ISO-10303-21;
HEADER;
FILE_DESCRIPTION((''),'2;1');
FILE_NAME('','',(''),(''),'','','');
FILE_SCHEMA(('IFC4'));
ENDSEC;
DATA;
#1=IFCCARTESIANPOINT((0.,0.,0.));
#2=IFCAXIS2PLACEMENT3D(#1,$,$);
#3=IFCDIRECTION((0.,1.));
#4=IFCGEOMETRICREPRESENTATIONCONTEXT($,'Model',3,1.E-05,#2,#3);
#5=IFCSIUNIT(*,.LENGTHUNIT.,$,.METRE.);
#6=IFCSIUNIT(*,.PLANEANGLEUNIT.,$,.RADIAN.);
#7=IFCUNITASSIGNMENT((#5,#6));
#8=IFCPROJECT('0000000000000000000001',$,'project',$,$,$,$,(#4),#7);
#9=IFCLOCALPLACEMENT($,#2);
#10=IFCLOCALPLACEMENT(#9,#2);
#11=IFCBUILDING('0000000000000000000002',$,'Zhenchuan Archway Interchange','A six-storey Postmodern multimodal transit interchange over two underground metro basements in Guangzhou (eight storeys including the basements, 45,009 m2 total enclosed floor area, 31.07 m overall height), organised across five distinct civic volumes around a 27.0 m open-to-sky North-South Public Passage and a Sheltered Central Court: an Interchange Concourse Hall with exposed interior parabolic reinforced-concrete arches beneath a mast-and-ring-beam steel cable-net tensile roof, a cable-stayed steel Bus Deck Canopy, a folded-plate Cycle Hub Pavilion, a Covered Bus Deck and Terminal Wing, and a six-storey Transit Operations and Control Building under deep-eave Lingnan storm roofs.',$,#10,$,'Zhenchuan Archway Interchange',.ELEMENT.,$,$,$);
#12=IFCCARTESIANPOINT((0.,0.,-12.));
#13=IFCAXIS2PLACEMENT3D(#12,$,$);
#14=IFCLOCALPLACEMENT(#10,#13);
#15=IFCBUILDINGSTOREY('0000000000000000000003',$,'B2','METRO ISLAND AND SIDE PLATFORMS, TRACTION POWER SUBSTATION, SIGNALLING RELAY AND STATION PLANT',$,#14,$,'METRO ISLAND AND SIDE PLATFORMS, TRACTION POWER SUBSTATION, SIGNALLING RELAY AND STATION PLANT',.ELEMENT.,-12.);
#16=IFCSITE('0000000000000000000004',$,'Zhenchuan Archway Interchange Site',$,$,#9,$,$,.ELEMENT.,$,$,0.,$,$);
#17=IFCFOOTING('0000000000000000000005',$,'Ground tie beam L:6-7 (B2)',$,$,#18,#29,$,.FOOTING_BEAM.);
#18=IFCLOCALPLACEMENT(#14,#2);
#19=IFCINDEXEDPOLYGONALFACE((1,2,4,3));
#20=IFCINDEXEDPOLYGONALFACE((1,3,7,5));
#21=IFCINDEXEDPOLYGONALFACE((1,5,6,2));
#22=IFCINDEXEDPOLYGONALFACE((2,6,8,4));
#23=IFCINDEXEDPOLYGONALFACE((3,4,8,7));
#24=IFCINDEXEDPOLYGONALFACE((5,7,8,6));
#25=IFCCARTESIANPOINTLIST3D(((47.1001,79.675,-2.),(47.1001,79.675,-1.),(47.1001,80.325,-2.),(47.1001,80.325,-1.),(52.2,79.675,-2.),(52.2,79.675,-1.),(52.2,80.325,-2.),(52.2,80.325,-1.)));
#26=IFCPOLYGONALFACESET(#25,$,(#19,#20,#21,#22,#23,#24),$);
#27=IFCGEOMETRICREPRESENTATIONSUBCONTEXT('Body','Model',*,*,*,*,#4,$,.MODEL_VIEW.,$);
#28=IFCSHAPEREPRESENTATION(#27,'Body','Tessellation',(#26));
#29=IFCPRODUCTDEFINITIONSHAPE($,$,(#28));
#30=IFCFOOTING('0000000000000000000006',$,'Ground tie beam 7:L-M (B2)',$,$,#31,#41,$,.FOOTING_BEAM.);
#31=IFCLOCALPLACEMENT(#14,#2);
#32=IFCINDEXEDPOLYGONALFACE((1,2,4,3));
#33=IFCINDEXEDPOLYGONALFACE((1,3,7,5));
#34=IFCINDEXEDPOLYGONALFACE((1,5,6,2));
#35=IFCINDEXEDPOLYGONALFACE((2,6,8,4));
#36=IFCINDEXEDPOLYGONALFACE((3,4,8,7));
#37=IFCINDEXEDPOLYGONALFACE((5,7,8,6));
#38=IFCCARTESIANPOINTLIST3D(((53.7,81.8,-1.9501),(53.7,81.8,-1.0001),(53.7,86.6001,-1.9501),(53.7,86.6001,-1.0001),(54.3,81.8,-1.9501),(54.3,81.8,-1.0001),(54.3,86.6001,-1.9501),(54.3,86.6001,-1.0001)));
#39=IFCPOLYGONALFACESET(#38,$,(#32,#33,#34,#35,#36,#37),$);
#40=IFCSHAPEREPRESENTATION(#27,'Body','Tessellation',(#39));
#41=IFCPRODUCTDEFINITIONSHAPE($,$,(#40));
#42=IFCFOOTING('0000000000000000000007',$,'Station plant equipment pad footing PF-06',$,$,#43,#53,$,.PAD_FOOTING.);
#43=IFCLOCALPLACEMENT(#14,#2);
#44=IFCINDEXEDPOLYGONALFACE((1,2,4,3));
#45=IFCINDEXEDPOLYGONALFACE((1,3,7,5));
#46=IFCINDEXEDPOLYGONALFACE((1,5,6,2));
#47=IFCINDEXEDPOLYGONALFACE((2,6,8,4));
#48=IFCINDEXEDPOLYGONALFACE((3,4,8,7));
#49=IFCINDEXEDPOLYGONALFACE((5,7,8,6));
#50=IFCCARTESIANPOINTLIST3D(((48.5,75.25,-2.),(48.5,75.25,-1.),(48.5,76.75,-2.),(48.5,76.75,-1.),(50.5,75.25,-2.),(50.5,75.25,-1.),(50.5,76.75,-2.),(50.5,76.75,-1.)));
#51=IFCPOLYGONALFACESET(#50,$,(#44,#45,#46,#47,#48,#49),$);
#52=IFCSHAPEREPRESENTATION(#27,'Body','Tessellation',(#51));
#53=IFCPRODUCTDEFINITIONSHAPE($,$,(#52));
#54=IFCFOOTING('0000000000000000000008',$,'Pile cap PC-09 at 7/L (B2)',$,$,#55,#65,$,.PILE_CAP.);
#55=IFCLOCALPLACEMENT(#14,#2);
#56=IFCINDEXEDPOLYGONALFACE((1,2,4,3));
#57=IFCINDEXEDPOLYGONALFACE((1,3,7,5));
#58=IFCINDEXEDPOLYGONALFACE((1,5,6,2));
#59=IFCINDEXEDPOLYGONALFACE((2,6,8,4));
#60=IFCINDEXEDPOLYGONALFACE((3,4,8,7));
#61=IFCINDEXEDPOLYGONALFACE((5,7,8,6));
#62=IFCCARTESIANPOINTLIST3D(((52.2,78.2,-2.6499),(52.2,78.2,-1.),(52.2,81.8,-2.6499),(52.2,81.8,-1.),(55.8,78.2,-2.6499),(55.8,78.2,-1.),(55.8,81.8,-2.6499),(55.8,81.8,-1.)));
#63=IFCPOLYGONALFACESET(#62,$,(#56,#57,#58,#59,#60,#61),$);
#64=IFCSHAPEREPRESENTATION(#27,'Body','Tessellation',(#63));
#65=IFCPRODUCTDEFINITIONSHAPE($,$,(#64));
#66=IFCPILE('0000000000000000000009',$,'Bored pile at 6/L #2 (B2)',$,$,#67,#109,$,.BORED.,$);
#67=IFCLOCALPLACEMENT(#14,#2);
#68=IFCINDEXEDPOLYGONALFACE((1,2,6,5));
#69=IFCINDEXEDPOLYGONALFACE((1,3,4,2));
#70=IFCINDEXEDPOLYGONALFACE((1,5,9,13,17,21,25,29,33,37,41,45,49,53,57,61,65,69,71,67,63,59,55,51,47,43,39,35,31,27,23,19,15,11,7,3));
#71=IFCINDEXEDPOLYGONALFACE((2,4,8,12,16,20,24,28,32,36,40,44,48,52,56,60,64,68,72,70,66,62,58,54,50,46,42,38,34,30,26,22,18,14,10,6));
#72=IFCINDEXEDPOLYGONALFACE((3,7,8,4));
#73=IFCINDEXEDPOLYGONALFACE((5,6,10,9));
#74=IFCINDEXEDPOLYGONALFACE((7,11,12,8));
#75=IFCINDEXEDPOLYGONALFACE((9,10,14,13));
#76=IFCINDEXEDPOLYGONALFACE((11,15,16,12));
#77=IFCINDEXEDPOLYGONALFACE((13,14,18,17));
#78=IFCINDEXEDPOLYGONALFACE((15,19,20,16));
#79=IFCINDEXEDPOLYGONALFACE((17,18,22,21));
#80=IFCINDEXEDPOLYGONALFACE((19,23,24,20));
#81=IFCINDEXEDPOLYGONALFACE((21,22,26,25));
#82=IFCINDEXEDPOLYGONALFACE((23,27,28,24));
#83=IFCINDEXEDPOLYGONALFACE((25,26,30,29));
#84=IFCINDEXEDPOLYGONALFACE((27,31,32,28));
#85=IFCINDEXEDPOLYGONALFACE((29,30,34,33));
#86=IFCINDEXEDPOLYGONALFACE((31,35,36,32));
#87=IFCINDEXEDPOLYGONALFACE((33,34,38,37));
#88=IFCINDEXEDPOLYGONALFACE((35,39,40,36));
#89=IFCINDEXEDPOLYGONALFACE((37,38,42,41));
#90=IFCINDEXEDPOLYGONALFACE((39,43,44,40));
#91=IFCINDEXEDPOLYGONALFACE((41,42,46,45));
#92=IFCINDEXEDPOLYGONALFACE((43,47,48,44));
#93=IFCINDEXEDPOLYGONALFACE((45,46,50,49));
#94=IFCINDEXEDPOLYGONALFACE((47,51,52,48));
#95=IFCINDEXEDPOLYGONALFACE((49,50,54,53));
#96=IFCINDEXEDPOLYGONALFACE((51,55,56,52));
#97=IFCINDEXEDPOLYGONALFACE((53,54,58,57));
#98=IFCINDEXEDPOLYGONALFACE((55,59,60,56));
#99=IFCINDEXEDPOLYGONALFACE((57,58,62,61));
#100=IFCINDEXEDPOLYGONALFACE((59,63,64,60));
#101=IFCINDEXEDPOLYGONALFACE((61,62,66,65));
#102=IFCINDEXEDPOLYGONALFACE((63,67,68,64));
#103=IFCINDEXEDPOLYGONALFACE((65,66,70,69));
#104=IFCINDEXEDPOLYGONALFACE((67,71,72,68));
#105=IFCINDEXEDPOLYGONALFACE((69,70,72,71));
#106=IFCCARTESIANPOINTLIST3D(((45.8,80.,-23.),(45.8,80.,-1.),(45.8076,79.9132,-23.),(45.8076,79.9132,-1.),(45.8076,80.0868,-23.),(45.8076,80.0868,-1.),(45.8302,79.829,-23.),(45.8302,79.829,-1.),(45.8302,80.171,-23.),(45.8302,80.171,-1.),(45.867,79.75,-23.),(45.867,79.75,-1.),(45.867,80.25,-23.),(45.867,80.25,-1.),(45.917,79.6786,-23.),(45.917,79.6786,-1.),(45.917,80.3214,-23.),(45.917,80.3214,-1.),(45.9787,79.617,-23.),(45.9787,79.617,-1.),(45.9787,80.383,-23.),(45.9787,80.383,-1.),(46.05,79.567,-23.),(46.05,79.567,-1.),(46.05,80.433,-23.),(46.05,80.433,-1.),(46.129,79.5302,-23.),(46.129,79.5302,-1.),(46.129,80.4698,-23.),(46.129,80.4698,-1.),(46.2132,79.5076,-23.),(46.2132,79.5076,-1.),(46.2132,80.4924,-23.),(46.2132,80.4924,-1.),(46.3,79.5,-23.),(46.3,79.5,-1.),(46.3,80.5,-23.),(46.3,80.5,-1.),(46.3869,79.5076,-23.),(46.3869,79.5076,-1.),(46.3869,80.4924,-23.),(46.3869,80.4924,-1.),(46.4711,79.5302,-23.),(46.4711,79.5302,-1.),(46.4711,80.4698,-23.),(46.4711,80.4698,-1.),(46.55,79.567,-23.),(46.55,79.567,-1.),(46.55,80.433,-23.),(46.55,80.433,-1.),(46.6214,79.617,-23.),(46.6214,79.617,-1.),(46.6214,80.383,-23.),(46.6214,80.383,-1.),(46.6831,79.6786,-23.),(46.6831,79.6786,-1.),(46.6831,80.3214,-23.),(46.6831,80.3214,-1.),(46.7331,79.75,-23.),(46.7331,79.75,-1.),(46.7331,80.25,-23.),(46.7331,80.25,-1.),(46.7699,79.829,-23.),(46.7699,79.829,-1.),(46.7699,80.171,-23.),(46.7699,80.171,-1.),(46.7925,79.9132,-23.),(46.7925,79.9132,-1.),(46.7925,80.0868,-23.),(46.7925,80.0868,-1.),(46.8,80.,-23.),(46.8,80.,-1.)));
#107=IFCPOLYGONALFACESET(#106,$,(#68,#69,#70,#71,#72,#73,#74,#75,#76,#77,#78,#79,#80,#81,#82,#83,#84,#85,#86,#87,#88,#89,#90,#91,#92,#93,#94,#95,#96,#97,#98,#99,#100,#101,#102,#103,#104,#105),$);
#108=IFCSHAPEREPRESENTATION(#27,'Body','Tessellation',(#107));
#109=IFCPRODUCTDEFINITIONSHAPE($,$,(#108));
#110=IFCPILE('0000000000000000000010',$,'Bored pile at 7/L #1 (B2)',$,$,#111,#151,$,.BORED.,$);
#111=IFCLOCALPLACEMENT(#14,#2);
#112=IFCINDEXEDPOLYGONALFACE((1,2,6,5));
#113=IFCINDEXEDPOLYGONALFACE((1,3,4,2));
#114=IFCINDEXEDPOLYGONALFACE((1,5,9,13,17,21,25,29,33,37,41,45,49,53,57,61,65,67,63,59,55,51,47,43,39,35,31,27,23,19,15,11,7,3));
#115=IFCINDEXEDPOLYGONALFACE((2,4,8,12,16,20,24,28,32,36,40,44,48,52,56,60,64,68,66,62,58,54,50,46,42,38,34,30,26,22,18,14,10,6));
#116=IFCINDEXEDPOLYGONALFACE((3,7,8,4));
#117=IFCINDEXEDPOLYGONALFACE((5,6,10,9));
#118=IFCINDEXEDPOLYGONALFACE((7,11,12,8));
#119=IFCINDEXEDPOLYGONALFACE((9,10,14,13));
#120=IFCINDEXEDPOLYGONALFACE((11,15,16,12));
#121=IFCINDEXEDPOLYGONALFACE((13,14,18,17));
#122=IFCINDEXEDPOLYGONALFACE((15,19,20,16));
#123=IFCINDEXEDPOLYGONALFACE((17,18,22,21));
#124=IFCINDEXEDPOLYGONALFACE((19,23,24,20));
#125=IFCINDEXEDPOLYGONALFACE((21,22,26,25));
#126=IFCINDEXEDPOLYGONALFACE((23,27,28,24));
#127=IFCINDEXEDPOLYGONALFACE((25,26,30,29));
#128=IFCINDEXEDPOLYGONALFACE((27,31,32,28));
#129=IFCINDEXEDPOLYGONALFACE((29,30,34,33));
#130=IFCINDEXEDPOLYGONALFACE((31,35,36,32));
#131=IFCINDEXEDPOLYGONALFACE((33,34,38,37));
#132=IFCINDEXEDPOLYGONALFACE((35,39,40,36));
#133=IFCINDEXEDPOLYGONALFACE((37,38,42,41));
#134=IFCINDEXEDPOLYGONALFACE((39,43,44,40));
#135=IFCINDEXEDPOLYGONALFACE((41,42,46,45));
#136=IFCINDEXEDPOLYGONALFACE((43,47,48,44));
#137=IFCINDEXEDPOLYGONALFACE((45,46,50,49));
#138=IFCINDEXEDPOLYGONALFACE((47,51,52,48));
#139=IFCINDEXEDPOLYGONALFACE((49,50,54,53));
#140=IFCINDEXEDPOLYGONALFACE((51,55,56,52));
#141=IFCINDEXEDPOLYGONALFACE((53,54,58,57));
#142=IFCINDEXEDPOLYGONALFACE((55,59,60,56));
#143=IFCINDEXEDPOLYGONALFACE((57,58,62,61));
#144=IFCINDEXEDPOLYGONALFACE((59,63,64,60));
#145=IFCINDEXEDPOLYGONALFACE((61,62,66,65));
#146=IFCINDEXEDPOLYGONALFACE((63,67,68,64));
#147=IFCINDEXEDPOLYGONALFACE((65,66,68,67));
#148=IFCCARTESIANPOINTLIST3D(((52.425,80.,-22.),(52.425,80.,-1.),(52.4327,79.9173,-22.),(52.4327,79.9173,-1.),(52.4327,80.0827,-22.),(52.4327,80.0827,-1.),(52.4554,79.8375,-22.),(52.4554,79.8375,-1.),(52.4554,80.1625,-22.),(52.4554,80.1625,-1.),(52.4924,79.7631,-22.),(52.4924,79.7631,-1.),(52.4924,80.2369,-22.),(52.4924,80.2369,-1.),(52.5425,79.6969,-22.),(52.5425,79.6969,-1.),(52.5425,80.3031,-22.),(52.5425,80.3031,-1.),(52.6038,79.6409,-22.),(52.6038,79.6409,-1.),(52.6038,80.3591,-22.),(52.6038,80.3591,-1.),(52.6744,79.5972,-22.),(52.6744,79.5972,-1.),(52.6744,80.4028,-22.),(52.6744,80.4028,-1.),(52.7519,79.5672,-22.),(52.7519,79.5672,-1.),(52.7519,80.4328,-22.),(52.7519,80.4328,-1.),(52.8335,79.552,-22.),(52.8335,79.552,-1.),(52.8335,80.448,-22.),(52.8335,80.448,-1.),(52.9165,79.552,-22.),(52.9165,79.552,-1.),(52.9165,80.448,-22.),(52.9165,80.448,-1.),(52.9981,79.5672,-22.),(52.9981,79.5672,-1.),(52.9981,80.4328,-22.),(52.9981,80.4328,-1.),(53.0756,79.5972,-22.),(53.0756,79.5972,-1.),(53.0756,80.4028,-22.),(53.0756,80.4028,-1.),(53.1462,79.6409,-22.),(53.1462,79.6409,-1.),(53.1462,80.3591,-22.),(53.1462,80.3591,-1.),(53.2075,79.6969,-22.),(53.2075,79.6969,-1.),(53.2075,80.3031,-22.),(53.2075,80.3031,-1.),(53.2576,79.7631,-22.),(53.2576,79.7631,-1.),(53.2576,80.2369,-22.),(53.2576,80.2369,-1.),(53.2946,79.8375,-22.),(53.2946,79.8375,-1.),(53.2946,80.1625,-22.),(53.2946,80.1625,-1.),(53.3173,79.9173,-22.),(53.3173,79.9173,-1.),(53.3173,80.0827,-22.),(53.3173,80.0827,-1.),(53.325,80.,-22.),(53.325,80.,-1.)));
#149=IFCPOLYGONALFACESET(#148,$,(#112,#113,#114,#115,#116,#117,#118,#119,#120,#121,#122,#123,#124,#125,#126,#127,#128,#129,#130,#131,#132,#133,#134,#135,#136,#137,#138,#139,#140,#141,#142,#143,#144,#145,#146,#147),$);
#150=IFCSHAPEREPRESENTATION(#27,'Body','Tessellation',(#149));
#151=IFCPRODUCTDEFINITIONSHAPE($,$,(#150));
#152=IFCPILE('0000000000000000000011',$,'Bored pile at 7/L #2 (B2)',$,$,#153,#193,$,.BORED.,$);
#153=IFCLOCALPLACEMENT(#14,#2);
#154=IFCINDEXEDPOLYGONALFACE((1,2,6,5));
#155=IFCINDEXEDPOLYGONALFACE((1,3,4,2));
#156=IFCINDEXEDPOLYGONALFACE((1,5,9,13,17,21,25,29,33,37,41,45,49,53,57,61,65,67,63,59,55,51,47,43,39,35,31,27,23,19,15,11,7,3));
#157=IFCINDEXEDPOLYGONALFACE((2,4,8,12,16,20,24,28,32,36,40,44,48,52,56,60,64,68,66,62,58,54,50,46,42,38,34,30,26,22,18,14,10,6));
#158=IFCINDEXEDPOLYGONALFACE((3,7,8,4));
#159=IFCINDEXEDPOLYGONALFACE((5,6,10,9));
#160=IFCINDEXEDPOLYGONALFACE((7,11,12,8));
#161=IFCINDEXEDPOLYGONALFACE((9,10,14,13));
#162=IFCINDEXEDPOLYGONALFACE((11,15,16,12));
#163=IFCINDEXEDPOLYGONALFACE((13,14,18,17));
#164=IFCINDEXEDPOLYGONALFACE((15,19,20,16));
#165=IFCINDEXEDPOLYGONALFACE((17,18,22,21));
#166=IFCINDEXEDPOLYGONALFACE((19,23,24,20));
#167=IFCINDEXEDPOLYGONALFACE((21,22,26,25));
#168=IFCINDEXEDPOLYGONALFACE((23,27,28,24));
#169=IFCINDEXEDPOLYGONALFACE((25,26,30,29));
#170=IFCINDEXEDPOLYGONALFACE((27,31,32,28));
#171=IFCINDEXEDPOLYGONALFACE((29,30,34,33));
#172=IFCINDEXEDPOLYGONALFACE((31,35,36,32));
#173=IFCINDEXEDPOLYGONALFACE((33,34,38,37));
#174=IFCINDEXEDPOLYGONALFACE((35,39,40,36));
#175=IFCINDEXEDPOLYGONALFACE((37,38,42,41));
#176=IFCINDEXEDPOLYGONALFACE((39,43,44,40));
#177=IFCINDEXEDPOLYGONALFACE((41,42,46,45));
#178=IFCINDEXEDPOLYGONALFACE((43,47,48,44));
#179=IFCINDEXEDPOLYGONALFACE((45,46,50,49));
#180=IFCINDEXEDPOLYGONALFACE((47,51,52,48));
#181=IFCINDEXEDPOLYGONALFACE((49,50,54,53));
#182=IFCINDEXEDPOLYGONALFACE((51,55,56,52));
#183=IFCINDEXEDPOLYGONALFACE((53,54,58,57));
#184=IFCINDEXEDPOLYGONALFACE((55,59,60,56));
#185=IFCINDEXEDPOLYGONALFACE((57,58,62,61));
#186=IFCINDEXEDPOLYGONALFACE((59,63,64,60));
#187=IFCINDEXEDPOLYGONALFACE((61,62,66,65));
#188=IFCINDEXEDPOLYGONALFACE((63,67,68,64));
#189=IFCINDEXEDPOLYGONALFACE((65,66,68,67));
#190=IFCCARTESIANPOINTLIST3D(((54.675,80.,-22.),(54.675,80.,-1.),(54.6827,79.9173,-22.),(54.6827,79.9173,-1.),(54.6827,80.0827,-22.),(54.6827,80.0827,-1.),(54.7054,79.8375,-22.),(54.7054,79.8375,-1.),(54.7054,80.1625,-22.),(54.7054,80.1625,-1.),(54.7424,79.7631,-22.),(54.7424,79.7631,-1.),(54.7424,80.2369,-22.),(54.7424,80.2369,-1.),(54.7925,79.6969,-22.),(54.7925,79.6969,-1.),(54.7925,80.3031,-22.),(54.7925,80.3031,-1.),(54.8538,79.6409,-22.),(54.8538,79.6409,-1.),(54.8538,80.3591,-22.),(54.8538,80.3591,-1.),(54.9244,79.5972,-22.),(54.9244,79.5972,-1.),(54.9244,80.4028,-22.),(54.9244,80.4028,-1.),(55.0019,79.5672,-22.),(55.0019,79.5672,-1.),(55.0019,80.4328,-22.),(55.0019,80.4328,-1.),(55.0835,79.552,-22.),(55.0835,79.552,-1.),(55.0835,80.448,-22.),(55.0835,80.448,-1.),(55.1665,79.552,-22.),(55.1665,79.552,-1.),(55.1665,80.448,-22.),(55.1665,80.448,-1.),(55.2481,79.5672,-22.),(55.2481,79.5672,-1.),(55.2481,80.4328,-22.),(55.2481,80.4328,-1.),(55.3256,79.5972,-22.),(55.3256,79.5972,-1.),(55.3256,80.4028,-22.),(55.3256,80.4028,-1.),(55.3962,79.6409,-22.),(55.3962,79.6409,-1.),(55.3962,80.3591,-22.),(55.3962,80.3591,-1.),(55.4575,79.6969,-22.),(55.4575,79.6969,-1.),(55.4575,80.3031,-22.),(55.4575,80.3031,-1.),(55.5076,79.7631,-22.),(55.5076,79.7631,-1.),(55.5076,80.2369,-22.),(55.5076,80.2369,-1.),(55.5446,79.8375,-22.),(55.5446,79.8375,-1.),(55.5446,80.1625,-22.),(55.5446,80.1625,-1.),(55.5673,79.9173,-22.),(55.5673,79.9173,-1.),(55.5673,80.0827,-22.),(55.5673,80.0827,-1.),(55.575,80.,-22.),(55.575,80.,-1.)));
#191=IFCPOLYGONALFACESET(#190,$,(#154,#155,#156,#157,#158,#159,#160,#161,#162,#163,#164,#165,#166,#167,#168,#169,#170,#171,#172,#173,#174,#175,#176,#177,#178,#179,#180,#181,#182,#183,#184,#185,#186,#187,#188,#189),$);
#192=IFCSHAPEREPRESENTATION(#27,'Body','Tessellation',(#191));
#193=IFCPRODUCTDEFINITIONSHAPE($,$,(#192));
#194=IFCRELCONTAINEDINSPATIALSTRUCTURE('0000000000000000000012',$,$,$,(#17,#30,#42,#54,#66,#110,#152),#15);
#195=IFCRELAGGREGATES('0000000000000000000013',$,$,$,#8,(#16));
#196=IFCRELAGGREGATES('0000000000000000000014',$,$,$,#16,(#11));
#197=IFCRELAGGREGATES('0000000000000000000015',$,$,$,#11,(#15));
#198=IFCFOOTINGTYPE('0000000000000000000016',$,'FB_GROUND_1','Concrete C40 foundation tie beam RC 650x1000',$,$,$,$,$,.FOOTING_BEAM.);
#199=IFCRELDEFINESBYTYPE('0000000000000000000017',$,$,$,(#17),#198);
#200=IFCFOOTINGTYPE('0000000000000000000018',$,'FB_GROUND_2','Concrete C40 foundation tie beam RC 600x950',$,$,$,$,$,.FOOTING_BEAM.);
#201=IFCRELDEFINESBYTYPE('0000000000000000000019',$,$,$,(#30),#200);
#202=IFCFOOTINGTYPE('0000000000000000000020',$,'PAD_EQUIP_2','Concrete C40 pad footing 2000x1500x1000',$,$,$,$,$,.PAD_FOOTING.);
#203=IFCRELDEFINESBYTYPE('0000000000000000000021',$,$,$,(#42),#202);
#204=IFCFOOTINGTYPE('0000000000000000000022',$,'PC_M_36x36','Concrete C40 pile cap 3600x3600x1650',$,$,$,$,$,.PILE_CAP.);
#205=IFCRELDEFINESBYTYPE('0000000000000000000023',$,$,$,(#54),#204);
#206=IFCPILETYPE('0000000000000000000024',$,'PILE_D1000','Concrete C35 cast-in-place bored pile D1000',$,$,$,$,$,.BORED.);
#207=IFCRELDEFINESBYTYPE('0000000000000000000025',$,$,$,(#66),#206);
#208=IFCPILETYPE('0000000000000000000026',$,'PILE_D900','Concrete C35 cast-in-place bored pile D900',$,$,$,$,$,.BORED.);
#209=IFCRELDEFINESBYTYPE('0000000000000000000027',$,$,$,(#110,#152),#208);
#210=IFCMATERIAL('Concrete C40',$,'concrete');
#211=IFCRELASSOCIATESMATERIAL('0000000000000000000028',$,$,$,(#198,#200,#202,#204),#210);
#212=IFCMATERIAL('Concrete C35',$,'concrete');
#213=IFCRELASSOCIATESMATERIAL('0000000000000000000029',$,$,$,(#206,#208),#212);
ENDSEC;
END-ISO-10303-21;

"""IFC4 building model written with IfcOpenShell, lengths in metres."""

from ifc_helpers import new_model, si_unit, direction, frame, origin, origin_2d, place, context, subcontext, project, spatial, rectangle, circle, extrude, material, material_profile, profile_set, type_object, element, save


model = new_model("IFC4")

# Units and contexts
model_context = context("Model", 3, precision=1e-05, world=origin(), true_north=direction((0.0, 1.0)))
body_context = subcontext(model_context, "Body", "Model", "MODEL_VIEW")
ifc_project = project(units=[si_unit("LENGTHUNIT", "METRE"), si_unit("PLANEANGLEUNIT", "RADIAN")], contexts=[model_context])

# Site, building, storey
site_placement = place(None, origin())
site = spatial("IfcSite", under=ifc_project, at=site_placement, Name="Zhenchuan Archway Interchange Site", CompositionType="ELEMENT", RefElevation=0.0)
building_placement = place(site_placement, origin())
building = spatial("IfcBuilding", under=site, at=building_placement, Name="Zhenchuan Archway Interchange", Description="A six-storey Postmodern multimodal transit interchange over two underground metro basements in Guangzhou (eight storeys including the basements, 45,009 m2 total enclosed floor area, 31.07 m overall height), organised across five distinct civic volumes around a 27.0 m open-to-sky North-South Public Passage and a Sheltered Central Court: an Interchange Concourse Hall with exposed interior parabolic reinforced-concrete arches beneath a mast-and-ring-beam steel cable-net tensile roof, a cable-stayed steel Bus Deck Canopy, a folded-plate Cycle Hub Pavilion, a Covered Bus Deck and Terminal Wing, and a six-storey Transit Operations and Control Building under deep-eave Lingnan storm roofs.", LongName="Zhenchuan Archway Interchange", CompositionType="ELEMENT")
storey_placement = place(building_placement, frame((0.0, 0.0, -12.0)))
storey = spatial("IfcBuildingStorey", under=building, at=storey_placement, Name="B2", Description="METRO ISLAND AND SIDE PLATFORMS, TRACTION POWER SUBSTATION, SIGNALLING RELAY AND STATION PLANT", LongName="METRO ISLAND AND SIDE PLATFORMS, TRACTION POWER SUBSTATION, SIGNALLING RELAY AND STATION PLANT", CompositionType="ELEMENT", Elevation=-12.0)

# Footings
ifc_material_1 = material(Name="Concrete C40", Category="concrete")
ifc_material_profile_1 = material_profile(ifc_material_1, rectangle(XDim=0.6499, YDim=1.0, at=origin_2d()), Name="RC 650x1000")
ifc_profile_set_1 = profile_set([ifc_material_profile_1], Name="Concrete C40")
footing_type_1 = type_object("IfcFootingType", Name="FB_GROUND_1", Description="Concrete C40 foundation tie beam RC 650x1000", PredefinedType="FOOTING_BEAM", material=ifc_profile_set_1)
footing_1_placement = place(storey_placement, frame((47.1001, 80.0, -1.5), z_axis=(1.0, 0.0, 0.0), x_axis=(0.0, 1.0, 0.0)))
element("IfcFooting", 1, at=footing_1_placement, inside=storey, type_object=footing_type_1, Name="Ground tie beam L:6-7 (B2)", PredefinedType="FOOTING_BEAM", context=body_context, shape_type="SweptSolid", body=[
    extrude(rectangle(XDim=0.6499, YDim=1.0, at=origin_2d()), origin(), (0.0, 0.0, 1.0), 5.0999),
])
ifc_material_profile_2 = material_profile(ifc_material_1, rectangle(XDim=0.6001, YDim=0.95, at=origin_2d()), Name="RC 600x950")
ifc_profile_set_2 = profile_set([ifc_material_profile_2], Name="Concrete C40")
footing_type_2 = type_object("IfcFootingType", Name="FB_GROUND_2", Description="Concrete C40 foundation tie beam RC 600x950", PredefinedType="FOOTING_BEAM", material=ifc_profile_set_2)
footing_2_placement = place(storey_placement, frame((54.0, 81.8, -1.4751), z_axis=(0.0, 1.0, 0.0), x_axis=(-1.0, 0.0, 0.0)))
element("IfcFooting", 2, at=footing_2_placement, inside=storey, type_object=footing_type_2, Name="Ground tie beam 7:L-M (B2)", PredefinedType="FOOTING_BEAM", context=body_context, shape_type="SweptSolid", body=[
    extrude(rectangle(XDim=0.6001, YDim=0.95, at=origin_2d()), origin(), (0.0, 0.0, 1.0), 4.8),
])
footing_type_3 = type_object("IfcFootingType", Name="PAD_EQUIP_2", Description="Concrete C40 pad footing 2000x1500x1000", PredefinedType="PAD_FOOTING", material=ifc_material_1)
footing_3_placement = place(storey_placement, frame((49.5, 76.0, -2.0), z_axis=(0.0, 0.0, 1.0), x_axis=(1.0, 0.0, 0.0)))
element("IfcFooting", 3, at=footing_3_placement, inside=storey, type_object=footing_type_3, Name="Station plant equipment pad footing PF-06", PredefinedType="PAD_FOOTING", context=body_context, shape_type="SweptSolid", body=[
    extrude(rectangle(XDim=2.0, YDim=1.5, at=origin_2d()), origin(), (0.0, 0.0, 1.0), 1.0),
])
footing_type_4 = type_object("IfcFootingType", Name="PC_M_36x36", Description="Concrete C40 pile cap 3600x3600x1650", PredefinedType="PILE_CAP", material=ifc_material_1)
footing_4_placement = place(storey_placement, frame((54.0, 80.0, -2.6499), z_axis=(0.0, 0.0, 1.0), x_axis=(1.0, 0.0, 0.0)))
element("IfcFooting", 4, at=footing_4_placement, inside=storey, type_object=footing_type_4, Name="Pile cap PC-09 at 7/L (B2)", PredefinedType="PILE_CAP", context=body_context, shape_type="SweptSolid", body=[
    extrude(rectangle(XDim=3.6001, YDim=3.6001, at=origin_2d()), origin(), (0.0, 0.0, 1.0), 1.6499),
])

# Piles
ifc_material_2 = material(Name="Concrete C35", Category="concrete")
ifc_material_profile_3 = material_profile(ifc_material_2, circle(Radius=0.5, at=origin_2d()), Name="BORED PILE 1000")
ifc_profile_set_3 = profile_set([ifc_material_profile_3], Name="Concrete C35")
pile_type_1 = type_object("IfcPileType", Name="PILE_D1000", Description="Concrete C35 cast-in-place bored pile D1000", PredefinedType="BORED", material=ifc_profile_set_3)
pile_placement = place(storey_placement, frame((46.3, 80.0, -1.0), z_axis=(0.0, 0.0, -1.0), x_axis=(1.0, 0.0, 0.0)))
element("IfcPile", 5, at=pile_placement, inside=storey, type_object=pile_type_1, Name="Bored pile at 6/L #2 (B2)", PredefinedType="BORED", context=body_context, shape_type="SweptSolid", body=[
    extrude(circle(Radius=0.5, at=origin_2d()), origin(), (0.0, 0.0, 1.0), 22.0),
])
ifc_material_profile_4 = material_profile(ifc_material_2, circle(Radius=0.45, at=origin_2d()), Name="BORED PILE 900")
ifc_profile_set_4 = profile_set([ifc_material_profile_4], Name="Concrete C35")
pile_type_2 = type_object("IfcPileType", Name="PILE_D900", Description="Concrete C35 cast-in-place bored pile D900", PredefinedType="BORED", material=ifc_profile_set_4)
for number, where, z_axis, x_axis, name in (
    (6, (52.875, 80.0, -1.0), (0.0, 0.0, -1.0), (1.0, 0.0, 0.0), "Bored pile at 7/L #1 (B2)"),
    (7, (55.125, 80.0, -1.0), (0.0, 0.0, -1.0), (1.0, 0.0, 0.0), "Bored pile at 7/L #2 (B2)"),
):
    element("IfcPile", number, at=place(storey_placement, frame(where, z_axis=z_axis, x_axis=x_axis)), inside=storey, type_object=pile_type_2, Name=name, PredefinedType="BORED", context=body_context, shape_type="SweptSolid", body=[
        extrude(circle(Radius=0.45, at=origin_2d()), origin(), (0.0, 0.0, 1.0), 21.0),
    ])

save(model, "model.ifc")
